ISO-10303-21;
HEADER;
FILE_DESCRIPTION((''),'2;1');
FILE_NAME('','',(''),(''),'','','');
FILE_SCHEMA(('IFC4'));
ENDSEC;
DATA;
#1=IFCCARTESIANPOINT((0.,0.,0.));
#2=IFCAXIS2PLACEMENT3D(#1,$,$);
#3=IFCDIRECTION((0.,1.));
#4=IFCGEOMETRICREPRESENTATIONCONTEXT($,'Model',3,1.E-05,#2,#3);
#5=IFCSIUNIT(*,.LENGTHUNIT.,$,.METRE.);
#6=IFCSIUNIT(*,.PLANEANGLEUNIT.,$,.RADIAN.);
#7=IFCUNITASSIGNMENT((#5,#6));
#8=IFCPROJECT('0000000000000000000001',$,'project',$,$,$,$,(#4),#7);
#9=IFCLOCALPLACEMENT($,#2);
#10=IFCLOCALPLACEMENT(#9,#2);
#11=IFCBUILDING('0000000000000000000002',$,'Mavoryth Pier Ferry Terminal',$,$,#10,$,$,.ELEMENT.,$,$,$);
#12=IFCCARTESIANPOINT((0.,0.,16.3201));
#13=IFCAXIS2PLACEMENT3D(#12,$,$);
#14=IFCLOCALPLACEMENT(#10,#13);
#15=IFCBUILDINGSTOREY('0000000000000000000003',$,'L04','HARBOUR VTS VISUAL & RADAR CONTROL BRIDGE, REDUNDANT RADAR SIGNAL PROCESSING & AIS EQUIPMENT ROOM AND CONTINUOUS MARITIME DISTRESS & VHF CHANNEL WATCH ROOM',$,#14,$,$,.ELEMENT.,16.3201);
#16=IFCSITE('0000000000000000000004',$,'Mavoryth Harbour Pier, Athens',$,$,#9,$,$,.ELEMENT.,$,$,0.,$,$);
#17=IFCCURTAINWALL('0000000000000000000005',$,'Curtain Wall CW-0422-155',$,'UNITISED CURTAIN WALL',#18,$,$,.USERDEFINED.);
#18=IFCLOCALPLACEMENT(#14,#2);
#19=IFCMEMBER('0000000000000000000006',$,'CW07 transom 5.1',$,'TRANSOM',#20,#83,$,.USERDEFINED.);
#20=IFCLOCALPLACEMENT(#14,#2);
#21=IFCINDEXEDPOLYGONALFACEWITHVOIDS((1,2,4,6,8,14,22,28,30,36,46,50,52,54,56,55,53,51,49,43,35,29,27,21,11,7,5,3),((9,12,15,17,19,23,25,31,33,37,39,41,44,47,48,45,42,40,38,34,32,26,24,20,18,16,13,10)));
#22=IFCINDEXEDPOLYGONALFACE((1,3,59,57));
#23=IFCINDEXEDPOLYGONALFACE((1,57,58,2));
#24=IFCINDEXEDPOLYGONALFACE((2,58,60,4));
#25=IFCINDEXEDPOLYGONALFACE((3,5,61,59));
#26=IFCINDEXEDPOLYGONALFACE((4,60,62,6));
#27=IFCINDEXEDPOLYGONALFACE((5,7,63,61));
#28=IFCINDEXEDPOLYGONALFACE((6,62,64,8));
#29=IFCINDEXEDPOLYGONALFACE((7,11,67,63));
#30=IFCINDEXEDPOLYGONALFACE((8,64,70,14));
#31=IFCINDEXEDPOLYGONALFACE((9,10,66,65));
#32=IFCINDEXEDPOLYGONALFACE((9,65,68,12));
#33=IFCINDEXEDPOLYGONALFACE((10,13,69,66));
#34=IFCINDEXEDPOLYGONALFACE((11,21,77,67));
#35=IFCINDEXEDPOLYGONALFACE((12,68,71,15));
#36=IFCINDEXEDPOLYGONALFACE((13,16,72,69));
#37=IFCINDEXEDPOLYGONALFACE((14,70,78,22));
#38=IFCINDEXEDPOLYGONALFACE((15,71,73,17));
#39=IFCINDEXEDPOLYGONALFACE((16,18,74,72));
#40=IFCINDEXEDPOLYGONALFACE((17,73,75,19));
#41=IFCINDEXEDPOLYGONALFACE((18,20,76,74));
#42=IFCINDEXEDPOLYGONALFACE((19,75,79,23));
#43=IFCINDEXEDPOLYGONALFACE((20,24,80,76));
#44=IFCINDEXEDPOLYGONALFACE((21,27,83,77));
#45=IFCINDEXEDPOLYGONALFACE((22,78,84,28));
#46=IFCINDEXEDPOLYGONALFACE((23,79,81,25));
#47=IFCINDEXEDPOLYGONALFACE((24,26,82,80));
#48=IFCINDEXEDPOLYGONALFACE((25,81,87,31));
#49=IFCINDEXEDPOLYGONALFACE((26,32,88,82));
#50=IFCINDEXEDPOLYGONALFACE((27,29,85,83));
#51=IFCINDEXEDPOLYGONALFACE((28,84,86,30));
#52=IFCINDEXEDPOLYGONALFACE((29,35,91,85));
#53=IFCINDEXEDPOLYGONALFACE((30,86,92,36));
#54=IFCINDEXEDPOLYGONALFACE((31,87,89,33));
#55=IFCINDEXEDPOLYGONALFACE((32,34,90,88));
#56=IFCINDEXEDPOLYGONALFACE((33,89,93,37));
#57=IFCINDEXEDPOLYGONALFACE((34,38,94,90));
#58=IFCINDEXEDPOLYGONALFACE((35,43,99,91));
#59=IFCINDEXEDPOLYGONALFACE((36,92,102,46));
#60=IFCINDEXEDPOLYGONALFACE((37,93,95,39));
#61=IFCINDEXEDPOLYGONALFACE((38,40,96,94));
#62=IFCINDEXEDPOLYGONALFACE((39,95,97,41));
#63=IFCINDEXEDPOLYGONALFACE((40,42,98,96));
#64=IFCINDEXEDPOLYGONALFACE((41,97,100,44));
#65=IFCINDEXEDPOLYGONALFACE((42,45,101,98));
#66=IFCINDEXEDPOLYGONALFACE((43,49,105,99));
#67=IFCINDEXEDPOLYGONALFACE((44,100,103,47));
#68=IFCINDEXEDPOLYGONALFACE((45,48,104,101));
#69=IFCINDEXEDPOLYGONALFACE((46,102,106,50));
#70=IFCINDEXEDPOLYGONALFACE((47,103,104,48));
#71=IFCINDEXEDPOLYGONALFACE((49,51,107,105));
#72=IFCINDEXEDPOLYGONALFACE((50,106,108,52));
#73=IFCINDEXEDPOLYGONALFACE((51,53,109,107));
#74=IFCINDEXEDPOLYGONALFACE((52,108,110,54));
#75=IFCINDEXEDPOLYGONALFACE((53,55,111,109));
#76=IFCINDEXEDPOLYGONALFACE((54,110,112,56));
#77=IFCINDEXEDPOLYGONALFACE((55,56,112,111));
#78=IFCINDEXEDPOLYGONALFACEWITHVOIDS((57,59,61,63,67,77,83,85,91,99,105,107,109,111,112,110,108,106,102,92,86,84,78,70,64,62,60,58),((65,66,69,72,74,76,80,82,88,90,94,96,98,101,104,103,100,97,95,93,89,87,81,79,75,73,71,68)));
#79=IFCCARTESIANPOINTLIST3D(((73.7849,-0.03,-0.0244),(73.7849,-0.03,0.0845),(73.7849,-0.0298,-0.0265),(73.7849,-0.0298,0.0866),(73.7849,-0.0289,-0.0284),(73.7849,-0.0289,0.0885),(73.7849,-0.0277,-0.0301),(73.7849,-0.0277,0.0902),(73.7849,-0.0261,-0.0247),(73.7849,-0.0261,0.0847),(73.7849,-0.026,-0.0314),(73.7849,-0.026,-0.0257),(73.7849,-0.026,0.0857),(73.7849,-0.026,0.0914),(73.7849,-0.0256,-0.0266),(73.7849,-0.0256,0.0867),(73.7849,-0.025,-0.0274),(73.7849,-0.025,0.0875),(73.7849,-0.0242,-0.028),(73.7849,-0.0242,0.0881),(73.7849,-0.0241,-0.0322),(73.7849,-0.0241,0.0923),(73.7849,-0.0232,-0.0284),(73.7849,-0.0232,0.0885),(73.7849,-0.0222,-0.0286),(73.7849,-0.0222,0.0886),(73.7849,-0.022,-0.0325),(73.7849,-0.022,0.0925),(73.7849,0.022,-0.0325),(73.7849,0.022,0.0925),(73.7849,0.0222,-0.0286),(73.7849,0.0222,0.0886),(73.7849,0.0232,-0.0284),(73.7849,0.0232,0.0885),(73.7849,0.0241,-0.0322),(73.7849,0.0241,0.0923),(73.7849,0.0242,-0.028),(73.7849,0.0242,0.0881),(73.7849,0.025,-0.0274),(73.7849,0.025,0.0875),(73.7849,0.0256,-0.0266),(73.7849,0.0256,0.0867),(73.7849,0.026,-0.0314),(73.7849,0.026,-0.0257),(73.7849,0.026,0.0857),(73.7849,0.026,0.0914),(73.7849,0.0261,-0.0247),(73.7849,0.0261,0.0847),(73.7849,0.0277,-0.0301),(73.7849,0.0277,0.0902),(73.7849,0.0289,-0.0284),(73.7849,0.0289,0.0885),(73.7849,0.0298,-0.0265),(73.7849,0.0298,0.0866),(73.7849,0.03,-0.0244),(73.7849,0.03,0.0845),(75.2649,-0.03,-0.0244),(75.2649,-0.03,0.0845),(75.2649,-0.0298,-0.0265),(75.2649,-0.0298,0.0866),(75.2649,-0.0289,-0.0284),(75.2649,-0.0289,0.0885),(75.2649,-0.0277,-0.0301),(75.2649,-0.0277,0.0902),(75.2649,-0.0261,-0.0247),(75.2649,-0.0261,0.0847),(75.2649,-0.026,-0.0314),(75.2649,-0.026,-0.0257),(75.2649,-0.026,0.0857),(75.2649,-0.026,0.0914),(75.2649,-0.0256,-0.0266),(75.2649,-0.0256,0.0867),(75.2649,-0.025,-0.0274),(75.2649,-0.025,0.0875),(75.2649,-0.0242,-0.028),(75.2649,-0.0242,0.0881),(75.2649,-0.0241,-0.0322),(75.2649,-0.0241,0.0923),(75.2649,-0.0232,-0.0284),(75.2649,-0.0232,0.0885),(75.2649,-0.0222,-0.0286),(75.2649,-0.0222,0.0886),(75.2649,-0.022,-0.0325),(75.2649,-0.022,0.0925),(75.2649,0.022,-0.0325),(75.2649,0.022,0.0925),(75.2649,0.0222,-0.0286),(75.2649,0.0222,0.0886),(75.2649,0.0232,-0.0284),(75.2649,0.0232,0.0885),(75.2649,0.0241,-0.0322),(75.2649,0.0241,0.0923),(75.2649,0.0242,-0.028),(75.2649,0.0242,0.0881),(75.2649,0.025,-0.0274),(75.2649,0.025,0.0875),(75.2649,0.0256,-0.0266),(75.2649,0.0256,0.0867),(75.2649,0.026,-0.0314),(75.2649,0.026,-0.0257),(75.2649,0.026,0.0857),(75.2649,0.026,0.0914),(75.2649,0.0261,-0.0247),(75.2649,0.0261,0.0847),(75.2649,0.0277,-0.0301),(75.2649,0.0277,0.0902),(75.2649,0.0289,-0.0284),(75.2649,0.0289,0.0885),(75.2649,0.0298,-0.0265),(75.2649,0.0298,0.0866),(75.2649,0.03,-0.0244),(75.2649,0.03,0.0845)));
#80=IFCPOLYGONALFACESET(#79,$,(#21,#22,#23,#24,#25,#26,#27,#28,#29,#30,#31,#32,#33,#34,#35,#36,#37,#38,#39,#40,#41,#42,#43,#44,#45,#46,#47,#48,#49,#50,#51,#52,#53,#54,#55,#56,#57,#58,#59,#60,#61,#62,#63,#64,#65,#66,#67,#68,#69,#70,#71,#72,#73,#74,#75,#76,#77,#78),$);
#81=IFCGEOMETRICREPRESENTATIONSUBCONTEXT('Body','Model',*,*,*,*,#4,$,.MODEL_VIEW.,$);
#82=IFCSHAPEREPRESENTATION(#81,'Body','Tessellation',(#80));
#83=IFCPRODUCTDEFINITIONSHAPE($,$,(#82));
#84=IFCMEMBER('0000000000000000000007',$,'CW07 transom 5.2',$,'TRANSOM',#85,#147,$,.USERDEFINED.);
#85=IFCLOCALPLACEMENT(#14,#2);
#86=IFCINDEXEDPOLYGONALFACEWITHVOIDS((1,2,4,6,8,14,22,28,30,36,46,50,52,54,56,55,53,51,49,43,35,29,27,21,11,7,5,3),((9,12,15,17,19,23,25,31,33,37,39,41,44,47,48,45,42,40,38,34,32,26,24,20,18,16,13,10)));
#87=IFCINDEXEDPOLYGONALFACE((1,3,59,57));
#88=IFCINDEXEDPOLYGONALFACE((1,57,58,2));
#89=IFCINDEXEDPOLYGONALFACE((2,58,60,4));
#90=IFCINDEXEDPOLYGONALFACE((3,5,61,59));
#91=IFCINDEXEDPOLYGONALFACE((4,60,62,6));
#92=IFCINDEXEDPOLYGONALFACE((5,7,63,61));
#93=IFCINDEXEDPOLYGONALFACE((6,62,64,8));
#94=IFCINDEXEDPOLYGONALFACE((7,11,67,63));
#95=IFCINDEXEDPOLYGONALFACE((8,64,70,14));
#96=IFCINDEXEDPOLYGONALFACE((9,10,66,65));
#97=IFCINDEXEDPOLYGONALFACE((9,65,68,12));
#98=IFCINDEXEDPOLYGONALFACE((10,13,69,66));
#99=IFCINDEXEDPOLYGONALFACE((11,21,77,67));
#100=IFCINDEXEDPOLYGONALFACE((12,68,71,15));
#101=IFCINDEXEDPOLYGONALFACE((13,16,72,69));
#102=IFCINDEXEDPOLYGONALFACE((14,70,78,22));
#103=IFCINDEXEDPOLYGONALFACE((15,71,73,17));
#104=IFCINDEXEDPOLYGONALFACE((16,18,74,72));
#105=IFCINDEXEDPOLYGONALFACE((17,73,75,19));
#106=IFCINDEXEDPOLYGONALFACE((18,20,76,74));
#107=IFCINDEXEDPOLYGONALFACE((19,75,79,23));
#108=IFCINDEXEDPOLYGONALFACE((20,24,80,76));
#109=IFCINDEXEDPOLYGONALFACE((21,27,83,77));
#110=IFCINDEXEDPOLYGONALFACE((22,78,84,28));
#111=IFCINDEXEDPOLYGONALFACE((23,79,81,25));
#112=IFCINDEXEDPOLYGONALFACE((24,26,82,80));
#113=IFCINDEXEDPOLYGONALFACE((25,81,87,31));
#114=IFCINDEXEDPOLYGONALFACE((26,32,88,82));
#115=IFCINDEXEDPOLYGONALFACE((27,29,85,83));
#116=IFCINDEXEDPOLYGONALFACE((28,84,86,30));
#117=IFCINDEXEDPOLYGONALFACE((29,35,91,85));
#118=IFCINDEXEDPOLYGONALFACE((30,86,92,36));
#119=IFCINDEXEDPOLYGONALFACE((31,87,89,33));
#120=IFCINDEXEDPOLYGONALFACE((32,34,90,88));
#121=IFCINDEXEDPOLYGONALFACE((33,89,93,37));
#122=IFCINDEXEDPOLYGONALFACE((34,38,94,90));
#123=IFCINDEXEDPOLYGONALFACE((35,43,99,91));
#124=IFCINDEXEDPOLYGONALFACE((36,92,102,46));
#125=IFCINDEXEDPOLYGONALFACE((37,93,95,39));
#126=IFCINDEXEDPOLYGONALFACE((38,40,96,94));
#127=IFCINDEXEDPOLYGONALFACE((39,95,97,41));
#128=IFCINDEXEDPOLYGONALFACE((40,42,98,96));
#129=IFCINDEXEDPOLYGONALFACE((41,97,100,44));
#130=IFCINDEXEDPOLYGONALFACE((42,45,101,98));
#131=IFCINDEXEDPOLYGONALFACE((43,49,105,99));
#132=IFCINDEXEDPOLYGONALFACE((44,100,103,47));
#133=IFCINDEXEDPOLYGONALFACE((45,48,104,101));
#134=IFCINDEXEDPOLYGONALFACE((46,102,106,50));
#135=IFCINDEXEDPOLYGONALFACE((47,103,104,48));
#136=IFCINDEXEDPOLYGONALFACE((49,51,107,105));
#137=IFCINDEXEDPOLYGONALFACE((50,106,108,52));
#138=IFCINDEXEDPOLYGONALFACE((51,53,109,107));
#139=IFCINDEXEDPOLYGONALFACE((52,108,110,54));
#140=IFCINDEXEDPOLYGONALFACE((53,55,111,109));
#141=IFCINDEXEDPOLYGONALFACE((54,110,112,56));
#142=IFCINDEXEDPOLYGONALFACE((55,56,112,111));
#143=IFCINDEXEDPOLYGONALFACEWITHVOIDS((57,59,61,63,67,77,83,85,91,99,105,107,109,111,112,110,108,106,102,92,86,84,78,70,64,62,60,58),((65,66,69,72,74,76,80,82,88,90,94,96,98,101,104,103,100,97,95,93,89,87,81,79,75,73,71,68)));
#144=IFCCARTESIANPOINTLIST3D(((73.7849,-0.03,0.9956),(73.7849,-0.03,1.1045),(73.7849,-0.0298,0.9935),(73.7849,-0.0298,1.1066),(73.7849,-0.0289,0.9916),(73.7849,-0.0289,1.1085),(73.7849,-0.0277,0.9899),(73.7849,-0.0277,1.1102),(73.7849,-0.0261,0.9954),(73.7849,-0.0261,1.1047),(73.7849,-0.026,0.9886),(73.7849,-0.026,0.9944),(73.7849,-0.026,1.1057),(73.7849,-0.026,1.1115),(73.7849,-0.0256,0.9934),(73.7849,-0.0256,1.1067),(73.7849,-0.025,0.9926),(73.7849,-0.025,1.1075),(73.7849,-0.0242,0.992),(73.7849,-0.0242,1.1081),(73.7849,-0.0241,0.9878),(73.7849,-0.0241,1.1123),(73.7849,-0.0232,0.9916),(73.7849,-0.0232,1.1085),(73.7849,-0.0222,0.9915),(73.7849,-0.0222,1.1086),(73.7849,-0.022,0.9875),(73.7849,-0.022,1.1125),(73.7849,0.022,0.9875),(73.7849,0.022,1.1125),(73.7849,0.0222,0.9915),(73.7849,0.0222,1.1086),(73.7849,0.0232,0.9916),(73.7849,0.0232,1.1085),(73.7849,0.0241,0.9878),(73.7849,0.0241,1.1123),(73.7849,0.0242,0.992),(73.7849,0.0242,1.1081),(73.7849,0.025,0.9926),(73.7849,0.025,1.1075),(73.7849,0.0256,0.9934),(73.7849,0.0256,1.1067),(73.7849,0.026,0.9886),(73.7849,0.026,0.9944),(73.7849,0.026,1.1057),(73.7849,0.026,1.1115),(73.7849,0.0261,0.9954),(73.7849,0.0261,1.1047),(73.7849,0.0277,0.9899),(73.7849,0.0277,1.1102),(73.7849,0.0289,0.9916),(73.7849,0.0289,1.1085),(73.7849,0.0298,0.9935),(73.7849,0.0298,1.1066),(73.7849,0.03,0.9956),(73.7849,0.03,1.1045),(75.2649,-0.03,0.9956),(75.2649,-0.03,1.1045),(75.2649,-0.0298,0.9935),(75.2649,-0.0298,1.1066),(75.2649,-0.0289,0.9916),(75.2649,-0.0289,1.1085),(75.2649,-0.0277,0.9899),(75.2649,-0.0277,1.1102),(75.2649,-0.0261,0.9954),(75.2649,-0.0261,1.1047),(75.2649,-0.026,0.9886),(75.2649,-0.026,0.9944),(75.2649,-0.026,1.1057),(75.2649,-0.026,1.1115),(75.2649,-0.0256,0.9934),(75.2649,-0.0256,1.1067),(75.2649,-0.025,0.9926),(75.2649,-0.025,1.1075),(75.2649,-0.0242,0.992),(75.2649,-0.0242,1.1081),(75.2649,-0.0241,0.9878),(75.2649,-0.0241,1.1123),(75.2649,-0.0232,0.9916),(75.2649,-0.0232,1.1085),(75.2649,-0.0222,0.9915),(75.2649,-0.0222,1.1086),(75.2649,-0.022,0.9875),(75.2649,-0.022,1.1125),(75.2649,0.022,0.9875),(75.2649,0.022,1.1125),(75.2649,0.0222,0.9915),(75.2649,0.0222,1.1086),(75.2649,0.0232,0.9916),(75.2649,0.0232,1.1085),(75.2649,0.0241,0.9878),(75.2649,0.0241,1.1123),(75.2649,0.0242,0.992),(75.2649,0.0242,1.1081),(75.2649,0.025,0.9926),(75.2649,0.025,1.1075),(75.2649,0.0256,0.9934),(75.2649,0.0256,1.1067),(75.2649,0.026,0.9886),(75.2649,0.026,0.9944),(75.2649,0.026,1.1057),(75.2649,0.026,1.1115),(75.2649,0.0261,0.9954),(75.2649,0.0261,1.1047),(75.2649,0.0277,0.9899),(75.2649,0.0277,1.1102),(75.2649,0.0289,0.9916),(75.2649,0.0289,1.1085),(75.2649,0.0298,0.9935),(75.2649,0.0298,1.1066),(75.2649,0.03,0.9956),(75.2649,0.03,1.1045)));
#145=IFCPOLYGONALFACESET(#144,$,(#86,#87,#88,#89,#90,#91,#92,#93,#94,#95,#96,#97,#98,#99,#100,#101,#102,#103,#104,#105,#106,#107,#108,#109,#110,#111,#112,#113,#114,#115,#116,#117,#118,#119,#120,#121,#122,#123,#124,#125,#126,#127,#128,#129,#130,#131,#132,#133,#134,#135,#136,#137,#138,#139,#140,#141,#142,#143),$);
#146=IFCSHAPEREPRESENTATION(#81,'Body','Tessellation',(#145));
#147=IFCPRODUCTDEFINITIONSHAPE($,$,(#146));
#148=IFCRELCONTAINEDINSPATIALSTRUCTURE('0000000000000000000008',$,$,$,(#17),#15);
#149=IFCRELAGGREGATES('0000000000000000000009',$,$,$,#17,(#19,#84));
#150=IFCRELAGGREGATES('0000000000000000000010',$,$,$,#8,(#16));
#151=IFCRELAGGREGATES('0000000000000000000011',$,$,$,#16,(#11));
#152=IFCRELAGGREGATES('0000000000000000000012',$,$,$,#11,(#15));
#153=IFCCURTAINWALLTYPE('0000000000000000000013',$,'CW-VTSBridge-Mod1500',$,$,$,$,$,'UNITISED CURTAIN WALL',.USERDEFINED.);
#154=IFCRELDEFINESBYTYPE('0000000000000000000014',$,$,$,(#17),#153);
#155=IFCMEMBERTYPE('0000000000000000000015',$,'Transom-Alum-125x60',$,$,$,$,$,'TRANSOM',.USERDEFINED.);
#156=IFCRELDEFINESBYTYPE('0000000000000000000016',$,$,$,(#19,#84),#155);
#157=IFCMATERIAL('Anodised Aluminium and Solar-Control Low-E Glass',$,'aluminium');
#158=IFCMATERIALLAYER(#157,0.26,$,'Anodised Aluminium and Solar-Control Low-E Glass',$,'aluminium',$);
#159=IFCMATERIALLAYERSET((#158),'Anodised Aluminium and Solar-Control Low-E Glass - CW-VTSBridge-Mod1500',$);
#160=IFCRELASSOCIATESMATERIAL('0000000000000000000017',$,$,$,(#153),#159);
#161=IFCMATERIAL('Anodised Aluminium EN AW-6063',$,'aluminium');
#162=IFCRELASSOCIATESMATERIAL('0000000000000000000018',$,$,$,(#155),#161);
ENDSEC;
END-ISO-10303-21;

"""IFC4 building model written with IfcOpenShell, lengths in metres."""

from ifc_helpers import new_model, si_unit, direction, frame, origin, origin_2d, place, context, subcontext, project, spatial, hollow_rectangle, extrude, material, layer, layer_set, material_profile, profile_set, type_object, element, aggregate, save


model = new_model("IFC4")

# Units and contexts
model_context = context("Model", 3, precision=1e-05, world=origin(), true_north=direction((0.0, 1.0)))
body_context = subcontext(model_context, "Body", "Model", "MODEL_VIEW")
ifc_project = project(units=[si_unit("LENGTHUNIT", "METRE"), si_unit("PLANEANGLEUNIT", "RADIAN")], contexts=[model_context])

# Site, building, storey
site_placement = place(None, origin())
site = spatial("IfcSite", under=ifc_project, at=site_placement, Name="Mavoryth Harbour Pier, Athens", CompositionType="ELEMENT", RefElevation=0.0)
building_placement = place(site_placement, origin())
building = spatial("IfcBuilding", under=site, at=building_placement, Name="Mavoryth Pier Ferry Terminal", CompositionType="ELEMENT")
storey_placement = place(building_placement, frame((0.0, 0.0, 16.3201)))
storey = spatial("IfcBuildingStorey", under=building, at=storey_placement, Name="L04", Description="HARBOUR VTS VISUAL & RADAR CONTROL BRIDGE, REDUNDANT RADAR SIGNAL PROCESSING & AIS EQUIPMENT ROOM AND CONTINUOUS MARITIME DISTRESS & VHF CHANNEL WATCH ROOM", CompositionType="ELEMENT", Elevation=16.3201)

# Curtain wall
ifc_material_1 = material(Name="Anodised Aluminium and Solar-Control Low-E Glass", Category="aluminium")
ifc_layer_1 = layer(ifc_material_1, 0.26, Name="Anodised Aluminium and Solar-Control Low-E Glass", Category="aluminium")
ifc_layer_set_1 = layer_set([ifc_layer_1], Name="Anodised Aluminium and Solar-Control Low-E Glass - CW-VTSBridge-Mod1500")
curtain_wall_type = type_object("IfcCurtainWallType", Name="CW-VTSBridge-Mod1500", ElementType="UNITISED CURTAIN WALL", PredefinedType="USERDEFINED", material=ifc_layer_set_1)
curtain_wall_1_placement = place(storey_placement, origin())
curtain_wall_1 = element("IfcCurtainWall", 1, at=curtain_wall_1_placement, inside=storey, type_object=curtain_wall_type, Name="Curtain Wall CW-0422-155", ObjectType="UNITISED CURTAIN WALL", PredefinedType="USERDEFINED")
ifc_material_2 = material(Name="Anodised Aluminium EN AW-6063", Category="aluminium")

# Members
ifc_material_profile_1 = material_profile(ifc_material_2, hollow_rectangle(XDim=0.0601, YDim=0.125, WallThickness=0.0039, InnerFilletRadius=0.0039, OuterFilletRadius=0.0081, at=origin_2d()), Name="AL-TRAN 125x60x4", Category="aluminium")
ifc_profile_set_1 = profile_set([ifc_material_profile_1], Name="Anodised Aluminium EN AW-6063 - AL-TRAN 125x60x4")
member_type_1 = type_object("IfcMemberType", Name="Transom-Alum-125x60", ElementType="TRANSOM", PredefinedType="USERDEFINED", material=ifc_profile_set_1)
member_1_placement = place(storey_placement, frame((73.7849, 0.0, 0.03), z_axis=(1.0, 0.0, 0.0), x_axis=(0.0, 1.0, 0.0)))
member_1 = element("IfcMember", 2, at=member_1_placement, type_object=member_type_1, Name="CW07 transom 5.1", ObjectType="TRANSOM", PredefinedType="USERDEFINED", context=body_context, shape_type="SweptSolid", body=[
    extrude(hollow_rectangle(XDim=0.0601, YDim=0.125, WallThickness=0.0039, InnerFilletRadius=0.0039, OuterFilletRadius=0.0081, at=origin_2d()), origin(), (0.0, 0.0, 1.0), 1.48),
])
member_2_placement = place(storey_placement, frame((73.7849, 0.0, 1.05), z_axis=(1.0, 0.0, 0.0), x_axis=(0.0, 1.0, 0.0)))
member_2 = element("IfcMember", 3, at=member_2_placement, type_object=member_type_1, Name="CW07 transom 5.2", ObjectType="TRANSOM", PredefinedType="USERDEFINED", context=body_context, shape_type="SweptSolid", body=[
    extrude(hollow_rectangle(XDim=0.0601, YDim=0.125, WallThickness=0.0039, InnerFilletRadius=0.0039, OuterFilletRadius=0.0081, at=origin_2d()), origin(), (0.0, 0.0, 1.0), 1.48),
])

aggregate(curtain_wall_1, [member_1, member_2])

save(model, "model.ifc")
